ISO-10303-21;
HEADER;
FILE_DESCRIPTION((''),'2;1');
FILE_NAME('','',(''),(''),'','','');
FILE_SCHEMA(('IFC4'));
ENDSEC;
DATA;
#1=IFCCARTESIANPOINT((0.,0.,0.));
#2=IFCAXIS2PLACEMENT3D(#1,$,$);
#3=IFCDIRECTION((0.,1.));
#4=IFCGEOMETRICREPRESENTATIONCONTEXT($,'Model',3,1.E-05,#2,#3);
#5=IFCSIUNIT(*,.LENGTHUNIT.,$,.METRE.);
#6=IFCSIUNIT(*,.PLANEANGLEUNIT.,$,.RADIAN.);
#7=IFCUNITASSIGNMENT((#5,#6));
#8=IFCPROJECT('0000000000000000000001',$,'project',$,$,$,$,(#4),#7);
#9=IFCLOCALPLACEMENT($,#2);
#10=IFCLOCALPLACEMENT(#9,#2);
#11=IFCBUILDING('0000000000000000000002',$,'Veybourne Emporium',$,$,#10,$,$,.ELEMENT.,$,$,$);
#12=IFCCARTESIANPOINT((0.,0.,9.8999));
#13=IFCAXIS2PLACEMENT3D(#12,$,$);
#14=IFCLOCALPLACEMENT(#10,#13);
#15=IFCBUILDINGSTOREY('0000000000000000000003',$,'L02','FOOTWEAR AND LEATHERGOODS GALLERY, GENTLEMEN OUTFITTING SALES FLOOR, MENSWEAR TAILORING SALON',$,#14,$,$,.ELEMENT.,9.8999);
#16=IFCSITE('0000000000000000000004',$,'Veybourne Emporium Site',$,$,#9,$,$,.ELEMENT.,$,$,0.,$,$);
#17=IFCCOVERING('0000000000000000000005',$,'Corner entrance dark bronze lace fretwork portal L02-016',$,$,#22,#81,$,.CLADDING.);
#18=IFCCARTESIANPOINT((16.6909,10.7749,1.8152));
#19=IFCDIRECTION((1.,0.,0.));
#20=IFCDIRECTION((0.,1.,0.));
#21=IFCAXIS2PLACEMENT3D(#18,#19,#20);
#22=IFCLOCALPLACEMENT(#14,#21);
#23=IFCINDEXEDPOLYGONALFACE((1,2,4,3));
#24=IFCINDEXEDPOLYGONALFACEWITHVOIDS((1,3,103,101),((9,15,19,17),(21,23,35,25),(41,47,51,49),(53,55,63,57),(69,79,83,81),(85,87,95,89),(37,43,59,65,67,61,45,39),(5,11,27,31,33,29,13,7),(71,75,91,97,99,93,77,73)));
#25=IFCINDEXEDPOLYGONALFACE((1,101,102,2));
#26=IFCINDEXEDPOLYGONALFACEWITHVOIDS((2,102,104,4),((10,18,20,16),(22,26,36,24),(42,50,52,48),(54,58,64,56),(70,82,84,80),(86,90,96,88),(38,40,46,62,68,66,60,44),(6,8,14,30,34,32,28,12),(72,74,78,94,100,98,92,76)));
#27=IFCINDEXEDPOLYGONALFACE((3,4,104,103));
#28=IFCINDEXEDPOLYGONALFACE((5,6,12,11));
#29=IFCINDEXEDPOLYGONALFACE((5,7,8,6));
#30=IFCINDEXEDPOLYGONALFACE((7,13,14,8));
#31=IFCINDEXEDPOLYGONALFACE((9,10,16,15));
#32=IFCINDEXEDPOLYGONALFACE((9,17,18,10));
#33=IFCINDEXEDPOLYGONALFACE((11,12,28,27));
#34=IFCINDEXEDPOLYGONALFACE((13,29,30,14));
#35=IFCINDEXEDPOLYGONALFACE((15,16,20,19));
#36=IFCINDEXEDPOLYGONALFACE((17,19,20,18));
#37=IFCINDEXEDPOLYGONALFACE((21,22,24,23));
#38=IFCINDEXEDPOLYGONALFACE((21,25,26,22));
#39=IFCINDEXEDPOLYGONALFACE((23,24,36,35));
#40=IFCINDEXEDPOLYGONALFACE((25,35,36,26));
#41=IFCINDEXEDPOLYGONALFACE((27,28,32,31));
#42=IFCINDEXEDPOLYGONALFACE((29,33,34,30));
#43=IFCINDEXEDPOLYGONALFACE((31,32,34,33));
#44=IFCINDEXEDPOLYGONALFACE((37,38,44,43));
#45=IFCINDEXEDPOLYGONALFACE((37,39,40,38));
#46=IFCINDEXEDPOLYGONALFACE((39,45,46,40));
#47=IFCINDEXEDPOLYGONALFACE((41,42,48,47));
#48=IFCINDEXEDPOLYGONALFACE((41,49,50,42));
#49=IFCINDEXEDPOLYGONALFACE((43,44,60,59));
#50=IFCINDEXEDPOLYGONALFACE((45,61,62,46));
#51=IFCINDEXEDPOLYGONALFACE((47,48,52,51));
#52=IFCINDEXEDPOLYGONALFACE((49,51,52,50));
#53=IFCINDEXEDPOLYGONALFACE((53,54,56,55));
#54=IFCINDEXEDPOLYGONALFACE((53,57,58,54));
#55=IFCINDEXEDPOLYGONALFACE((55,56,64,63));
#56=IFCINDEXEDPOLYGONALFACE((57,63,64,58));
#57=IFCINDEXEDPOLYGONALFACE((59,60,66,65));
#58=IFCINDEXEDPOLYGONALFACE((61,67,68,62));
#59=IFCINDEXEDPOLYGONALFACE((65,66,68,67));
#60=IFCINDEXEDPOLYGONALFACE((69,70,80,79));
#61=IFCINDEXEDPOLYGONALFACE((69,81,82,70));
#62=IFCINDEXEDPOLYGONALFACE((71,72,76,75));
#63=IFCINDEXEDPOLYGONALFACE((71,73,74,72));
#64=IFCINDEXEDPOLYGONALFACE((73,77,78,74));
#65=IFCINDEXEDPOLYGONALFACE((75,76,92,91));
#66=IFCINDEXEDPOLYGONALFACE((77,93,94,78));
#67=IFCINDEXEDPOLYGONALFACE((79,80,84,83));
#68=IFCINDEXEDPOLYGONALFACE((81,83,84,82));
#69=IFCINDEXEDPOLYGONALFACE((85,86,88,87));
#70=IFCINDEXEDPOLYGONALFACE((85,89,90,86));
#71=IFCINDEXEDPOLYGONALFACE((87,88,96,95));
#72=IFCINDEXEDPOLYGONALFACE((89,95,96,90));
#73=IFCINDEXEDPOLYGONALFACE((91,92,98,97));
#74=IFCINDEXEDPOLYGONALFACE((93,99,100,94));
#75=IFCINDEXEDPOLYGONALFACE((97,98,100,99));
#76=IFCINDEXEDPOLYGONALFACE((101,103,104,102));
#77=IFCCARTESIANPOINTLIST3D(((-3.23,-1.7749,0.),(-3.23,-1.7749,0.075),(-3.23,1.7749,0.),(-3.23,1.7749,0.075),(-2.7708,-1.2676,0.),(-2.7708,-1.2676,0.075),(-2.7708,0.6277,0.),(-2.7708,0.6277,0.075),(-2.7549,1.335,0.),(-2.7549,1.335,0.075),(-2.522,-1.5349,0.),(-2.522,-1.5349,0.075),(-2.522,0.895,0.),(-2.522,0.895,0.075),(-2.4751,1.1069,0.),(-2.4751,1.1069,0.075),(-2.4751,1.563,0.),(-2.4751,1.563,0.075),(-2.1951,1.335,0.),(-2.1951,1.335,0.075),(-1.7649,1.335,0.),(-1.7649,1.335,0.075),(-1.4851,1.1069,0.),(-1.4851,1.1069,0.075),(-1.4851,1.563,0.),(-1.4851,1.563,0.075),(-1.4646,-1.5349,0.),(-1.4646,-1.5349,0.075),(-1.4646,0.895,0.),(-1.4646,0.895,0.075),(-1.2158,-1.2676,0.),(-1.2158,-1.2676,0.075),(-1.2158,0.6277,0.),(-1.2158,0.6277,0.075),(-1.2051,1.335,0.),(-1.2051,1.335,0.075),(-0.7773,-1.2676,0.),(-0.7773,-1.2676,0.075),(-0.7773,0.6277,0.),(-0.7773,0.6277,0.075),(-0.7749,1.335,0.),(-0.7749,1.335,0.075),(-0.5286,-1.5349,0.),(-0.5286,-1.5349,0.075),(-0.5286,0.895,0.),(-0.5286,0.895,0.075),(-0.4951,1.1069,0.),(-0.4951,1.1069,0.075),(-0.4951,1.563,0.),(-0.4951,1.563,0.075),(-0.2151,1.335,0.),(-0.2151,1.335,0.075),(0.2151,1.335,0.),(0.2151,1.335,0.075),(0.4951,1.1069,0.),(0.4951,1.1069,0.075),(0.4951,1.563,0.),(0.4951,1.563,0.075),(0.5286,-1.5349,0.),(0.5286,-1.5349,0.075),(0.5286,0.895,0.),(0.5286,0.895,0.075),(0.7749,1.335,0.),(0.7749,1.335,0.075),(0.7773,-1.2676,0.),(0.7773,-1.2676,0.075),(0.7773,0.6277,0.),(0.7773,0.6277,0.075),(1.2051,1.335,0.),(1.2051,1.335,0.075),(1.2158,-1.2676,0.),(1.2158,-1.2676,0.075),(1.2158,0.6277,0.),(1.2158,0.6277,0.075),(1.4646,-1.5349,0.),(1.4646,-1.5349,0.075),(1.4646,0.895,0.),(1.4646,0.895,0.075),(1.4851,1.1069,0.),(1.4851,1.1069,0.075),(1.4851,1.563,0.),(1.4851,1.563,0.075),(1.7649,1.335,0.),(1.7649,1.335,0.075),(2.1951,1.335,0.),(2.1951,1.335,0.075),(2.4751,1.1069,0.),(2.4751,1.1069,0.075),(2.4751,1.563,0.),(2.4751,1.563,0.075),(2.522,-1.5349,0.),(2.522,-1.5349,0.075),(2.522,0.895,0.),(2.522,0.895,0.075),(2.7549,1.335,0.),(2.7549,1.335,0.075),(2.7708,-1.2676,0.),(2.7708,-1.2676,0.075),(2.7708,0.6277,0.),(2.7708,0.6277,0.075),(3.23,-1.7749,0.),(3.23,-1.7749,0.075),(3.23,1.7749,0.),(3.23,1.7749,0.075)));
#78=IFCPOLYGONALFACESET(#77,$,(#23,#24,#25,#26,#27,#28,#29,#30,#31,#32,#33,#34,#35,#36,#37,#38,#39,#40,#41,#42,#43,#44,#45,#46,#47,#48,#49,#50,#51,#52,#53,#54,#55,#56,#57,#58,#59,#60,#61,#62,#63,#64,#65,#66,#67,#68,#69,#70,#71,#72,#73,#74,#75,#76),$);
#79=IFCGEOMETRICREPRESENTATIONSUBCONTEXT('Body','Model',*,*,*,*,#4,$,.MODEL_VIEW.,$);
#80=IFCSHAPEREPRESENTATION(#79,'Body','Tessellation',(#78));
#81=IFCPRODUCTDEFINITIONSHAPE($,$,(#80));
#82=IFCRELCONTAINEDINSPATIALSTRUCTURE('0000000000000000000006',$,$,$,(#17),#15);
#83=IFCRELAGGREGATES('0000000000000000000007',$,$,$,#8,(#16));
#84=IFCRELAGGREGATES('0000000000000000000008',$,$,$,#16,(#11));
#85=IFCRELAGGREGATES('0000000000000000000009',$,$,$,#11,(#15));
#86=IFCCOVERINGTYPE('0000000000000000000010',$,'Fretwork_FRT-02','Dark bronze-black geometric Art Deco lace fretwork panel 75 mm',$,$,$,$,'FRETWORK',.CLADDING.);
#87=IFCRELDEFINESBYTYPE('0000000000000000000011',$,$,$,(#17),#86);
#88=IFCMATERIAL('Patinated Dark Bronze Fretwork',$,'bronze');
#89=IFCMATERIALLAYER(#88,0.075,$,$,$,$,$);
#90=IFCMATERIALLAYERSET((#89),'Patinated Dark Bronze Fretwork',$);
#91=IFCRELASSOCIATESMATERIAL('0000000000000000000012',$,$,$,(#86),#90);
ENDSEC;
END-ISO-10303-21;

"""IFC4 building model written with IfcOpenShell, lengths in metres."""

from ifc_helpers import new_model, si_unit, direction, frame, origin, place, context, subcontext, project, spatial, polyline, outline, extrude, material, layer, layer_set, type_object, element, save


model = new_model("IFC4")

# Units and contexts
model_context = context("Model", 3, precision=1e-05, world=origin(), true_north=direction((0.0, 1.0)))
body_context = subcontext(model_context, "Body", "Model", "MODEL_VIEW")
ifc_project = project(units=[si_unit("LENGTHUNIT", "METRE"), si_unit("PLANEANGLEUNIT", "RADIAN")], contexts=[model_context])

# Site, building, storey
site_placement = place(None, origin())
site = spatial("IfcSite", under=ifc_project, at=site_placement, Name="Veybourne Emporium Site", CompositionType="ELEMENT", RefElevation=0.0)
building_placement = place(site_placement, origin())
building = spatial("IfcBuilding", under=site, at=building_placement, Name="Veybourne Emporium", CompositionType="ELEMENT")
storey_placement = place(building_placement, frame((0.0, 0.0, 9.8999)))
storey = spatial("IfcBuildingStorey", under=building, at=storey_placement, Name="L02", Description="FOOTWEAR AND LEATHERGOODS GALLERY, GENTLEMEN OUTFITTING SALES FLOOR, MENSWEAR TAILORING SALON", CompositionType="ELEMENT", Elevation=9.8999)

# Covering
ifc_material_1 = material(Name="Patinated Dark Bronze Fretwork", Category="bronze")
ifc_layer_1 = layer(ifc_material_1, 0.075)
ifc_layer_set_1 = layer_set([ifc_layer_1], Name="Patinated Dark Bronze Fretwork")
covering_type = type_object("IfcCoveringType", Name="Fretwork_FRT-02", Description="Dark bronze-black geometric Art Deco lace fretwork panel 75 mm", ElementType="FRETWORK", PredefinedType="CLADDING", material=ifc_layer_set_1)
covering_placement = place(storey_placement, frame((16.6909, 10.7749, 1.8152), z_axis=(1.0, 0.0, 0.0), x_axis=(0.0, 1.0, 0.0)))
element("IfcCovering", 1, at=covering_placement, inside=storey, type_object=covering_type, Name="Corner entrance dark bronze lace fretwork portal L02-016", PredefinedType="CLADDING", context=body_context, shape_type="SweptSolid", body=[
    extrude(outline(polyline([(-3.23, -1.7749), (3.23, -1.7749), (3.23, 1.7749), (-3.23, 1.7749), (-3.23, -1.7749)]), holes=[polyline([(-2.522, 0.895), (-1.4646, 0.895), (-1.2158, 0.6277), (-1.2158, -1.2676), (-1.4646, -1.5349), (-2.522, -1.5349), (-2.7708, -1.2676), (-2.7708, 0.6277), (-2.522, 0.895)]), polyline([(-0.5286, 0.895), (0.5286, 0.895), (0.7773, 0.6277), (0.7773, -1.2676), (0.5286, -1.5349), (-0.5286, -1.5349), (-0.7773, -1.2676), (-0.7773, 0.6277), (-0.5286, 0.895)]), polyline([(1.4646, 0.895), (2.522, 0.895), (2.7708, 0.6277), (2.7708, -1.2676), (2.522, -1.5349), (1.4646, -1.5349), (1.2158, -1.2676), (1.2158, 0.6277), (1.4646, 0.895)]), polyline([(-2.4751, 1.563), (-2.1951, 1.335), (-2.4751, 1.1069), (-2.7549, 1.335), (-2.4751, 1.563)]), polyline([(-1.4851, 1.563), (-1.2051, 1.335), (-1.4851, 1.1069), (-1.7649, 1.335), (-1.4851, 1.563)]), polyline([(-0.4951, 1.563), (-0.2151, 1.335), (-0.4951, 1.1069), (-0.7749, 1.335), (-0.4951, 1.563)]), polyline([(0.4951, 1.563), (0.7749, 1.335), (0.4951, 1.1069), (0.2151, 1.335), (0.4951, 1.563)]), polyline([(1.4851, 1.563), (1.7649, 1.335), (1.4851, 1.1069), (1.2051, 1.335), (1.4851, 1.563)]), polyline([(2.4751, 1.563), (2.7549, 1.335), (2.4751, 1.1069), (2.1951, 1.335), (2.4751, 1.563)])]), origin(), (0.0, 0.0, 1.0), 0.075),
])

save(model, "model.ifc")
